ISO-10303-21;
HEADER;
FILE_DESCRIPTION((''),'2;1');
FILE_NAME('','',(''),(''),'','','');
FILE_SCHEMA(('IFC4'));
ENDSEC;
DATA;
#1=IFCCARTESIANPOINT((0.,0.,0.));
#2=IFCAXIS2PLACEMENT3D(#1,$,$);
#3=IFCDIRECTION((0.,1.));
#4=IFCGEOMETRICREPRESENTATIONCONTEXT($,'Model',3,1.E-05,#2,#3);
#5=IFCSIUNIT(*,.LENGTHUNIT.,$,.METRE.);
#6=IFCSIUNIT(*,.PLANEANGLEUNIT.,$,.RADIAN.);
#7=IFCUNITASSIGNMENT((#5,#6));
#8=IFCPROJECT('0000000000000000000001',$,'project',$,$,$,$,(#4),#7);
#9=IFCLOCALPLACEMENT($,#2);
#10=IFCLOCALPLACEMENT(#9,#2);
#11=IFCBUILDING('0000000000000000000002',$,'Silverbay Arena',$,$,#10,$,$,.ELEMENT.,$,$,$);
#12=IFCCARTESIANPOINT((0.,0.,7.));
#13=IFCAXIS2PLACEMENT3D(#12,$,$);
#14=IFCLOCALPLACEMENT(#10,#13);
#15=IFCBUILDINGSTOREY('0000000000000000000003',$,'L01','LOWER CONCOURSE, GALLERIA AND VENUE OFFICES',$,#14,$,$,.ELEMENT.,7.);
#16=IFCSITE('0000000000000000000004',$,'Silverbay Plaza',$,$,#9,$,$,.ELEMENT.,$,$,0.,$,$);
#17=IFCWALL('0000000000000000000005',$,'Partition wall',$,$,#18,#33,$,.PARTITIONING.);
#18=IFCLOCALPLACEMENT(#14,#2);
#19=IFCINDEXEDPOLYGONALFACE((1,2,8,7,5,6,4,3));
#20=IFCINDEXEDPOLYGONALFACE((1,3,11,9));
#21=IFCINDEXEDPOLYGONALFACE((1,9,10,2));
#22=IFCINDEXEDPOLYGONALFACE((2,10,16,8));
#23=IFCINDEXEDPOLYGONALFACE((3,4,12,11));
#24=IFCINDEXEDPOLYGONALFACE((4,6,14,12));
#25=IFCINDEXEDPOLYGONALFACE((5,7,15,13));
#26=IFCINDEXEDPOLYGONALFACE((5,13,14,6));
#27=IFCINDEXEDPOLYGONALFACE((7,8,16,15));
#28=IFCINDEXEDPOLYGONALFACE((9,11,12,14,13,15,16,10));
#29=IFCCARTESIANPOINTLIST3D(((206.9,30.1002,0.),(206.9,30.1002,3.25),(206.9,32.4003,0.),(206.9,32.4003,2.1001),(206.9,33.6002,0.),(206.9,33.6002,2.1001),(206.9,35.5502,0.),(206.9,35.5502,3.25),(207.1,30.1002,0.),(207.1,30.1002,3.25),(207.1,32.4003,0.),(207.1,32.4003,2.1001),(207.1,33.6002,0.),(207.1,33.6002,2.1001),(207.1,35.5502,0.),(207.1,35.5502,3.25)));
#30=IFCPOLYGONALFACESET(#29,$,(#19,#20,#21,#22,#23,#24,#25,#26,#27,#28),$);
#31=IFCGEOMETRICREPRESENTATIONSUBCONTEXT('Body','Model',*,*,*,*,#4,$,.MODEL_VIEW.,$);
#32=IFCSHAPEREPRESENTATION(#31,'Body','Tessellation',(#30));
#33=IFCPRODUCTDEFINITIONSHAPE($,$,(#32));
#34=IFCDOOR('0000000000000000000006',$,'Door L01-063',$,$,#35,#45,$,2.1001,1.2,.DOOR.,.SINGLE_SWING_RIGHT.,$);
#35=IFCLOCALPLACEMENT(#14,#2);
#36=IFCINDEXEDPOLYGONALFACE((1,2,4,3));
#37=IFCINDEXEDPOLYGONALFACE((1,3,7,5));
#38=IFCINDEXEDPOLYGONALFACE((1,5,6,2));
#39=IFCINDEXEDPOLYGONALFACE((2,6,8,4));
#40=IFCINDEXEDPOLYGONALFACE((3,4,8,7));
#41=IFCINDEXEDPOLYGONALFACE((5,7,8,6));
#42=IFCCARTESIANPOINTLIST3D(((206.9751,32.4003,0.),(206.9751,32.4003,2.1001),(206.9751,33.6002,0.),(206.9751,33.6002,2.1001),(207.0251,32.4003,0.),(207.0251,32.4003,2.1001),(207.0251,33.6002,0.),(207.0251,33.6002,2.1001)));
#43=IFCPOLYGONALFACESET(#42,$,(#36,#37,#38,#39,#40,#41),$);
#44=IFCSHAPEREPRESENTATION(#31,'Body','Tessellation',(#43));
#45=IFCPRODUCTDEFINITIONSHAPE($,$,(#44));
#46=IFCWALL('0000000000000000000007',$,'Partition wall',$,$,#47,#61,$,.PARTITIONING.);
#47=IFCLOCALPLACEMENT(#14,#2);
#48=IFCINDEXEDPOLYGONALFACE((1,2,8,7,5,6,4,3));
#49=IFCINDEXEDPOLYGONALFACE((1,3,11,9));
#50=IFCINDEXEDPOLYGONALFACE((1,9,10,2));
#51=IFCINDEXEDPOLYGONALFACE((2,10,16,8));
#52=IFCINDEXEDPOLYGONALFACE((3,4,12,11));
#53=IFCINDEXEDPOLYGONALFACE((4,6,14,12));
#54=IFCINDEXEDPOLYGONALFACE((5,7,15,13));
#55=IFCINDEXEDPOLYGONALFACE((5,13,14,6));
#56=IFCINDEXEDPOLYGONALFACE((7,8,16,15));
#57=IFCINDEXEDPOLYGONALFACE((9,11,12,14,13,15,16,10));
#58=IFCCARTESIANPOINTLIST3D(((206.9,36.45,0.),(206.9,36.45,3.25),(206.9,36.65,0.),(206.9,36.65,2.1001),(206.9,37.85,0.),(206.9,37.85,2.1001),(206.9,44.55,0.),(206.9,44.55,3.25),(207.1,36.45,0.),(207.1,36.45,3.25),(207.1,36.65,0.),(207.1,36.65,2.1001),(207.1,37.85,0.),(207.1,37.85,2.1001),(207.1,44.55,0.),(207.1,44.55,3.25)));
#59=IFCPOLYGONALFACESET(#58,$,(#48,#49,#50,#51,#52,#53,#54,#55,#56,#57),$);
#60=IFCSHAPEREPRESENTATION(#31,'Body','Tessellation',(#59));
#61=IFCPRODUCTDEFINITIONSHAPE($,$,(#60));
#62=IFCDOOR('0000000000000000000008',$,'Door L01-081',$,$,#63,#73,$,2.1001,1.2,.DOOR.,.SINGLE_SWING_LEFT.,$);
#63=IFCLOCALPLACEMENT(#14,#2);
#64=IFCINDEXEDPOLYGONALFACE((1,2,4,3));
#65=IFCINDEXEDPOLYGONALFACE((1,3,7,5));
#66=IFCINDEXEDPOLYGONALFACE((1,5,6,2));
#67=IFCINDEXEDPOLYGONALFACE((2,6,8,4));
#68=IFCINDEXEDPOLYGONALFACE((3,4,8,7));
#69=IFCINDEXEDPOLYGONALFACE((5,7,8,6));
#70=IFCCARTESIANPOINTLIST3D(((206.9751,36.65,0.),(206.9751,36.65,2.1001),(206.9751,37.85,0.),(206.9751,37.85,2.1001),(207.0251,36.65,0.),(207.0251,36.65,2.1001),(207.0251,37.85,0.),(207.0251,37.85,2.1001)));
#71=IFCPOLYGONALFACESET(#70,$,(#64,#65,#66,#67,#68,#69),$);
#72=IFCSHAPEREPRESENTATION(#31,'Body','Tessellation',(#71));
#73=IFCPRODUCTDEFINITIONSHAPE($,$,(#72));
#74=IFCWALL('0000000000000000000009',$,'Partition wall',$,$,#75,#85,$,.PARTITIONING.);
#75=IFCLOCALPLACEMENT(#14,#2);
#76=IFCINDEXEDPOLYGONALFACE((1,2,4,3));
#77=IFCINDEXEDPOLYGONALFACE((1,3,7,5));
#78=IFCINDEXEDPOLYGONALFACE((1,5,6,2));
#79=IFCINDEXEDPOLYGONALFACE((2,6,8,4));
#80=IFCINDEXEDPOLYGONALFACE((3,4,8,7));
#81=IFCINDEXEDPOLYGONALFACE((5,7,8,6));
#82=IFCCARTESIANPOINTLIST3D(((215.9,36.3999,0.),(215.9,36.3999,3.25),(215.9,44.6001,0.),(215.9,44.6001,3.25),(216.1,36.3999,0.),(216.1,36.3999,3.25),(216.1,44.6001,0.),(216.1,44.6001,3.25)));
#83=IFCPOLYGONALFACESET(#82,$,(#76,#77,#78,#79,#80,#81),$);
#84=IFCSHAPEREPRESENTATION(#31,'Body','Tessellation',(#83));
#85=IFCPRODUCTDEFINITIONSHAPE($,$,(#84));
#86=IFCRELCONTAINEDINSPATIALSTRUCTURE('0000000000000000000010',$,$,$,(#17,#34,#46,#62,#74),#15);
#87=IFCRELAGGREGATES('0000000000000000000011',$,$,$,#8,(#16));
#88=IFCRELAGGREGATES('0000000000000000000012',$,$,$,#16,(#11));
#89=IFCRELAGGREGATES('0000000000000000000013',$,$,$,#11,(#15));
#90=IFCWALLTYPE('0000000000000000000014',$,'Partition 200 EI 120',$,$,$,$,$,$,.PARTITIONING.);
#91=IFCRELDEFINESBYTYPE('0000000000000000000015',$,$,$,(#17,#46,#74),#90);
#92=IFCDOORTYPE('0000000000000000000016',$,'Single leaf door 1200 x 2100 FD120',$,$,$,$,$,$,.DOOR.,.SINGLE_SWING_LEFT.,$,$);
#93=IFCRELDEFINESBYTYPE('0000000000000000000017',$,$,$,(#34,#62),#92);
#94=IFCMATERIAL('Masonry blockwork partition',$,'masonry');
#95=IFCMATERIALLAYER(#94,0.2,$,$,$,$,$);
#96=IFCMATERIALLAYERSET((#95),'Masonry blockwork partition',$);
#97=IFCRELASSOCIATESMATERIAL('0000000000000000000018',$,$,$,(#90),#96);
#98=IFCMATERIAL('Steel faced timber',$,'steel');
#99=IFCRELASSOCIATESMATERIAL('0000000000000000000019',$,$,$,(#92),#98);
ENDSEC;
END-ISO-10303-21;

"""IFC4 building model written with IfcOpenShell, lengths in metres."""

from ifc_helpers import new_model, si_unit, direction, frame, frame_2d, origin, place, context, subcontext, project, spatial, rectangle, extrude, material, layer, layer_set, type_object, element, fill, save


model = new_model("IFC4")

# Units and contexts
model_context = context("Model", 3, precision=1e-05, world=origin(), true_north=direction((0.0, 1.0)))
body_context = subcontext(model_context, "Body", "Model", "MODEL_VIEW")
ifc_project = project(units=[si_unit("LENGTHUNIT", "METRE"), si_unit("PLANEANGLEUNIT", "RADIAN")], contexts=[model_context])

# Site, building, storey
site_placement = place(None, origin())
site = spatial("IfcSite", under=ifc_project, at=site_placement, Name="Silverbay Plaza", CompositionType="ELEMENT", RefElevation=0.0)
building_placement = place(site_placement, origin())
building = spatial("IfcBuilding", under=site, at=building_placement, Name="Silverbay Arena", CompositionType="ELEMENT")
storey_placement = place(building_placement, frame((0.0, 0.0, 7.0)))
storey = spatial("IfcBuildingStorey", under=building, at=storey_placement, Name="L01", Description="LOWER CONCOURSE, GALLERIA AND VENUE OFFICES", CompositionType="ELEMENT", Elevation=7.0)

# Walls, openings, doors
ifc_material_1 = material(Name="Masonry blockwork partition", Category="masonry")
ifc_layer = layer(ifc_material_1, 0.2)
ifc_layer_set = layer_set([ifc_layer], Name="Masonry blockwork partition")
wall_type = type_object("IfcWallType", Name="Partition 200 EI 120", PredefinedType="PARTITIONING", material=ifc_layer_set)
wall_1_placement = place(storey_placement, frame((207.0, 30.1001, 0.0), z_axis=(0.0, 0.0, 1.0), x_axis=(0.0, 1.0, 0.0)))
wall_1 = element("IfcWall", 1, at=wall_1_placement, inside=storey, type_object=wall_type, Name="Partition wall", PredefinedType="PARTITIONING", context=body_context, shape_type="SweptSolid", body=[
    extrude(rectangle(XDim=5.45, YDim=0.2, at=frame_2d((2.7251, 0.0))), origin(), (0.0, 0.0, 1.0), 3.25),
])
opening_1_placement = place(wall_1_placement, frame((2.3, 0.0, 0.0)))
opening_1 = element("IfcOpeningElement", 2, at=opening_1_placement, cuts=wall_1, PredefinedType="OPENING", context=body_context, shape_type="SweptSolid", body=[
    extrude(rectangle(XDim=1.2, YDim=2.1001, at=frame_2d((0.6001, 1.05))), frame((0.0, 0.1099, 0.0), z_axis=(0.0, -1.0, 0.0), x_axis=(1.0, 0.0, 0.0)), (0.0, 0.0, 1.0), 0.22),
])
ifc_material_2 = material(Name="Steel faced timber", Category="steel")
door_type_1 = type_object("IfcDoorType", Name="Single leaf door 1200 x 2100 FD120", OperationType="SINGLE_SWING_LEFT", PredefinedType="DOOR", material=ifc_material_2)
door_1_placement = place(opening_1_placement, origin())
door_1 = element("IfcDoor", 3, at=door_1_placement, inside=storey, type_object=door_type_1, Name="Door L01-063", OperationType="SINGLE_SWING_RIGHT", OverallHeight=2.1001, OverallWidth=1.2, PredefinedType="DOOR", context=body_context, shape_type="SweptSolid", body=[
    extrude(rectangle(XDim=1.2, YDim=2.1001, at=frame_2d((0.6001, 1.05))), frame((0.0, 0.0249, 0.0), z_axis=(0.0, -1.0, 0.0), x_axis=(1.0, 0.0, 0.0)), (0.0, 0.0, 1.0), 0.05),
])
fill(opening_1, door_1)
wall_2_placement = place(storey_placement, frame((207.0, 36.45, 0.0), z_axis=(0.0, 0.0, 1.0), x_axis=(0.0, 1.0, 0.0)))
wall_2 = element("IfcWall", 4, at=wall_2_placement, inside=storey, type_object=wall_type, Name="Partition wall", PredefinedType="PARTITIONING", context=body_context, shape_type="SweptSolid", body=[
    extrude(rectangle(XDim=8.1001, YDim=0.2, at=frame_2d((4.05, 0.0))), origin(), (0.0, 0.0, 1.0), 3.25),
])
opening_2_placement = place(wall_2_placement, frame((0.2, 0.0, 0.0)))
opening_2 = element("IfcOpeningElement", 5, at=opening_2_placement, cuts=wall_2, PredefinedType="OPENING", context=body_context, shape_type="SweptSolid", body=[
    extrude(rectangle(XDim=1.2, YDim=2.1001, at=frame_2d((0.6001, 1.05))), frame((0.0, 0.1099, 0.0), z_axis=(0.0, -1.0, 0.0), x_axis=(1.0, 0.0, 0.0)), (0.0, 0.0, 1.0), 0.22),
])
door_2_placement = place(opening_2_placement, origin())
door_2 = element("IfcDoor", 6, at=door_2_placement, inside=storey, type_object=door_type_1, Name="Door L01-081", OperationType="SINGLE_SWING_LEFT", OverallHeight=2.1001, OverallWidth=1.2, PredefinedType="DOOR", context=body_context, shape_type="SweptSolid", body=[
    extrude(rectangle(XDim=1.2, YDim=2.1001, at=frame_2d((0.6001, 1.05))), frame((0.0, 0.0249, 0.0), z_axis=(0.0, -1.0, 0.0), x_axis=(1.0, 0.0, 0.0)), (0.0, 0.0, 1.0), 0.05),
])
fill(opening_2, door_2)

# Wall
wall_3_placement = place(storey_placement, frame((216.0, 36.3999, 0.0), z_axis=(0.0, 0.0, 1.0), x_axis=(0.0, 1.0, 0.0)))
element("IfcWall", 7, at=wall_3_placement, inside=storey, type_object=wall_type, Name="Partition wall", PredefinedType="PARTITIONING", context=body_context, shape_type="SweptSolid", body=[
    extrude(rectangle(XDim=8.2002, YDim=0.2, at=frame_2d((4.1001, 0.0))), origin(), (0.0, 0.0, 1.0), 3.25),
])

save(model, "model.ifc")
